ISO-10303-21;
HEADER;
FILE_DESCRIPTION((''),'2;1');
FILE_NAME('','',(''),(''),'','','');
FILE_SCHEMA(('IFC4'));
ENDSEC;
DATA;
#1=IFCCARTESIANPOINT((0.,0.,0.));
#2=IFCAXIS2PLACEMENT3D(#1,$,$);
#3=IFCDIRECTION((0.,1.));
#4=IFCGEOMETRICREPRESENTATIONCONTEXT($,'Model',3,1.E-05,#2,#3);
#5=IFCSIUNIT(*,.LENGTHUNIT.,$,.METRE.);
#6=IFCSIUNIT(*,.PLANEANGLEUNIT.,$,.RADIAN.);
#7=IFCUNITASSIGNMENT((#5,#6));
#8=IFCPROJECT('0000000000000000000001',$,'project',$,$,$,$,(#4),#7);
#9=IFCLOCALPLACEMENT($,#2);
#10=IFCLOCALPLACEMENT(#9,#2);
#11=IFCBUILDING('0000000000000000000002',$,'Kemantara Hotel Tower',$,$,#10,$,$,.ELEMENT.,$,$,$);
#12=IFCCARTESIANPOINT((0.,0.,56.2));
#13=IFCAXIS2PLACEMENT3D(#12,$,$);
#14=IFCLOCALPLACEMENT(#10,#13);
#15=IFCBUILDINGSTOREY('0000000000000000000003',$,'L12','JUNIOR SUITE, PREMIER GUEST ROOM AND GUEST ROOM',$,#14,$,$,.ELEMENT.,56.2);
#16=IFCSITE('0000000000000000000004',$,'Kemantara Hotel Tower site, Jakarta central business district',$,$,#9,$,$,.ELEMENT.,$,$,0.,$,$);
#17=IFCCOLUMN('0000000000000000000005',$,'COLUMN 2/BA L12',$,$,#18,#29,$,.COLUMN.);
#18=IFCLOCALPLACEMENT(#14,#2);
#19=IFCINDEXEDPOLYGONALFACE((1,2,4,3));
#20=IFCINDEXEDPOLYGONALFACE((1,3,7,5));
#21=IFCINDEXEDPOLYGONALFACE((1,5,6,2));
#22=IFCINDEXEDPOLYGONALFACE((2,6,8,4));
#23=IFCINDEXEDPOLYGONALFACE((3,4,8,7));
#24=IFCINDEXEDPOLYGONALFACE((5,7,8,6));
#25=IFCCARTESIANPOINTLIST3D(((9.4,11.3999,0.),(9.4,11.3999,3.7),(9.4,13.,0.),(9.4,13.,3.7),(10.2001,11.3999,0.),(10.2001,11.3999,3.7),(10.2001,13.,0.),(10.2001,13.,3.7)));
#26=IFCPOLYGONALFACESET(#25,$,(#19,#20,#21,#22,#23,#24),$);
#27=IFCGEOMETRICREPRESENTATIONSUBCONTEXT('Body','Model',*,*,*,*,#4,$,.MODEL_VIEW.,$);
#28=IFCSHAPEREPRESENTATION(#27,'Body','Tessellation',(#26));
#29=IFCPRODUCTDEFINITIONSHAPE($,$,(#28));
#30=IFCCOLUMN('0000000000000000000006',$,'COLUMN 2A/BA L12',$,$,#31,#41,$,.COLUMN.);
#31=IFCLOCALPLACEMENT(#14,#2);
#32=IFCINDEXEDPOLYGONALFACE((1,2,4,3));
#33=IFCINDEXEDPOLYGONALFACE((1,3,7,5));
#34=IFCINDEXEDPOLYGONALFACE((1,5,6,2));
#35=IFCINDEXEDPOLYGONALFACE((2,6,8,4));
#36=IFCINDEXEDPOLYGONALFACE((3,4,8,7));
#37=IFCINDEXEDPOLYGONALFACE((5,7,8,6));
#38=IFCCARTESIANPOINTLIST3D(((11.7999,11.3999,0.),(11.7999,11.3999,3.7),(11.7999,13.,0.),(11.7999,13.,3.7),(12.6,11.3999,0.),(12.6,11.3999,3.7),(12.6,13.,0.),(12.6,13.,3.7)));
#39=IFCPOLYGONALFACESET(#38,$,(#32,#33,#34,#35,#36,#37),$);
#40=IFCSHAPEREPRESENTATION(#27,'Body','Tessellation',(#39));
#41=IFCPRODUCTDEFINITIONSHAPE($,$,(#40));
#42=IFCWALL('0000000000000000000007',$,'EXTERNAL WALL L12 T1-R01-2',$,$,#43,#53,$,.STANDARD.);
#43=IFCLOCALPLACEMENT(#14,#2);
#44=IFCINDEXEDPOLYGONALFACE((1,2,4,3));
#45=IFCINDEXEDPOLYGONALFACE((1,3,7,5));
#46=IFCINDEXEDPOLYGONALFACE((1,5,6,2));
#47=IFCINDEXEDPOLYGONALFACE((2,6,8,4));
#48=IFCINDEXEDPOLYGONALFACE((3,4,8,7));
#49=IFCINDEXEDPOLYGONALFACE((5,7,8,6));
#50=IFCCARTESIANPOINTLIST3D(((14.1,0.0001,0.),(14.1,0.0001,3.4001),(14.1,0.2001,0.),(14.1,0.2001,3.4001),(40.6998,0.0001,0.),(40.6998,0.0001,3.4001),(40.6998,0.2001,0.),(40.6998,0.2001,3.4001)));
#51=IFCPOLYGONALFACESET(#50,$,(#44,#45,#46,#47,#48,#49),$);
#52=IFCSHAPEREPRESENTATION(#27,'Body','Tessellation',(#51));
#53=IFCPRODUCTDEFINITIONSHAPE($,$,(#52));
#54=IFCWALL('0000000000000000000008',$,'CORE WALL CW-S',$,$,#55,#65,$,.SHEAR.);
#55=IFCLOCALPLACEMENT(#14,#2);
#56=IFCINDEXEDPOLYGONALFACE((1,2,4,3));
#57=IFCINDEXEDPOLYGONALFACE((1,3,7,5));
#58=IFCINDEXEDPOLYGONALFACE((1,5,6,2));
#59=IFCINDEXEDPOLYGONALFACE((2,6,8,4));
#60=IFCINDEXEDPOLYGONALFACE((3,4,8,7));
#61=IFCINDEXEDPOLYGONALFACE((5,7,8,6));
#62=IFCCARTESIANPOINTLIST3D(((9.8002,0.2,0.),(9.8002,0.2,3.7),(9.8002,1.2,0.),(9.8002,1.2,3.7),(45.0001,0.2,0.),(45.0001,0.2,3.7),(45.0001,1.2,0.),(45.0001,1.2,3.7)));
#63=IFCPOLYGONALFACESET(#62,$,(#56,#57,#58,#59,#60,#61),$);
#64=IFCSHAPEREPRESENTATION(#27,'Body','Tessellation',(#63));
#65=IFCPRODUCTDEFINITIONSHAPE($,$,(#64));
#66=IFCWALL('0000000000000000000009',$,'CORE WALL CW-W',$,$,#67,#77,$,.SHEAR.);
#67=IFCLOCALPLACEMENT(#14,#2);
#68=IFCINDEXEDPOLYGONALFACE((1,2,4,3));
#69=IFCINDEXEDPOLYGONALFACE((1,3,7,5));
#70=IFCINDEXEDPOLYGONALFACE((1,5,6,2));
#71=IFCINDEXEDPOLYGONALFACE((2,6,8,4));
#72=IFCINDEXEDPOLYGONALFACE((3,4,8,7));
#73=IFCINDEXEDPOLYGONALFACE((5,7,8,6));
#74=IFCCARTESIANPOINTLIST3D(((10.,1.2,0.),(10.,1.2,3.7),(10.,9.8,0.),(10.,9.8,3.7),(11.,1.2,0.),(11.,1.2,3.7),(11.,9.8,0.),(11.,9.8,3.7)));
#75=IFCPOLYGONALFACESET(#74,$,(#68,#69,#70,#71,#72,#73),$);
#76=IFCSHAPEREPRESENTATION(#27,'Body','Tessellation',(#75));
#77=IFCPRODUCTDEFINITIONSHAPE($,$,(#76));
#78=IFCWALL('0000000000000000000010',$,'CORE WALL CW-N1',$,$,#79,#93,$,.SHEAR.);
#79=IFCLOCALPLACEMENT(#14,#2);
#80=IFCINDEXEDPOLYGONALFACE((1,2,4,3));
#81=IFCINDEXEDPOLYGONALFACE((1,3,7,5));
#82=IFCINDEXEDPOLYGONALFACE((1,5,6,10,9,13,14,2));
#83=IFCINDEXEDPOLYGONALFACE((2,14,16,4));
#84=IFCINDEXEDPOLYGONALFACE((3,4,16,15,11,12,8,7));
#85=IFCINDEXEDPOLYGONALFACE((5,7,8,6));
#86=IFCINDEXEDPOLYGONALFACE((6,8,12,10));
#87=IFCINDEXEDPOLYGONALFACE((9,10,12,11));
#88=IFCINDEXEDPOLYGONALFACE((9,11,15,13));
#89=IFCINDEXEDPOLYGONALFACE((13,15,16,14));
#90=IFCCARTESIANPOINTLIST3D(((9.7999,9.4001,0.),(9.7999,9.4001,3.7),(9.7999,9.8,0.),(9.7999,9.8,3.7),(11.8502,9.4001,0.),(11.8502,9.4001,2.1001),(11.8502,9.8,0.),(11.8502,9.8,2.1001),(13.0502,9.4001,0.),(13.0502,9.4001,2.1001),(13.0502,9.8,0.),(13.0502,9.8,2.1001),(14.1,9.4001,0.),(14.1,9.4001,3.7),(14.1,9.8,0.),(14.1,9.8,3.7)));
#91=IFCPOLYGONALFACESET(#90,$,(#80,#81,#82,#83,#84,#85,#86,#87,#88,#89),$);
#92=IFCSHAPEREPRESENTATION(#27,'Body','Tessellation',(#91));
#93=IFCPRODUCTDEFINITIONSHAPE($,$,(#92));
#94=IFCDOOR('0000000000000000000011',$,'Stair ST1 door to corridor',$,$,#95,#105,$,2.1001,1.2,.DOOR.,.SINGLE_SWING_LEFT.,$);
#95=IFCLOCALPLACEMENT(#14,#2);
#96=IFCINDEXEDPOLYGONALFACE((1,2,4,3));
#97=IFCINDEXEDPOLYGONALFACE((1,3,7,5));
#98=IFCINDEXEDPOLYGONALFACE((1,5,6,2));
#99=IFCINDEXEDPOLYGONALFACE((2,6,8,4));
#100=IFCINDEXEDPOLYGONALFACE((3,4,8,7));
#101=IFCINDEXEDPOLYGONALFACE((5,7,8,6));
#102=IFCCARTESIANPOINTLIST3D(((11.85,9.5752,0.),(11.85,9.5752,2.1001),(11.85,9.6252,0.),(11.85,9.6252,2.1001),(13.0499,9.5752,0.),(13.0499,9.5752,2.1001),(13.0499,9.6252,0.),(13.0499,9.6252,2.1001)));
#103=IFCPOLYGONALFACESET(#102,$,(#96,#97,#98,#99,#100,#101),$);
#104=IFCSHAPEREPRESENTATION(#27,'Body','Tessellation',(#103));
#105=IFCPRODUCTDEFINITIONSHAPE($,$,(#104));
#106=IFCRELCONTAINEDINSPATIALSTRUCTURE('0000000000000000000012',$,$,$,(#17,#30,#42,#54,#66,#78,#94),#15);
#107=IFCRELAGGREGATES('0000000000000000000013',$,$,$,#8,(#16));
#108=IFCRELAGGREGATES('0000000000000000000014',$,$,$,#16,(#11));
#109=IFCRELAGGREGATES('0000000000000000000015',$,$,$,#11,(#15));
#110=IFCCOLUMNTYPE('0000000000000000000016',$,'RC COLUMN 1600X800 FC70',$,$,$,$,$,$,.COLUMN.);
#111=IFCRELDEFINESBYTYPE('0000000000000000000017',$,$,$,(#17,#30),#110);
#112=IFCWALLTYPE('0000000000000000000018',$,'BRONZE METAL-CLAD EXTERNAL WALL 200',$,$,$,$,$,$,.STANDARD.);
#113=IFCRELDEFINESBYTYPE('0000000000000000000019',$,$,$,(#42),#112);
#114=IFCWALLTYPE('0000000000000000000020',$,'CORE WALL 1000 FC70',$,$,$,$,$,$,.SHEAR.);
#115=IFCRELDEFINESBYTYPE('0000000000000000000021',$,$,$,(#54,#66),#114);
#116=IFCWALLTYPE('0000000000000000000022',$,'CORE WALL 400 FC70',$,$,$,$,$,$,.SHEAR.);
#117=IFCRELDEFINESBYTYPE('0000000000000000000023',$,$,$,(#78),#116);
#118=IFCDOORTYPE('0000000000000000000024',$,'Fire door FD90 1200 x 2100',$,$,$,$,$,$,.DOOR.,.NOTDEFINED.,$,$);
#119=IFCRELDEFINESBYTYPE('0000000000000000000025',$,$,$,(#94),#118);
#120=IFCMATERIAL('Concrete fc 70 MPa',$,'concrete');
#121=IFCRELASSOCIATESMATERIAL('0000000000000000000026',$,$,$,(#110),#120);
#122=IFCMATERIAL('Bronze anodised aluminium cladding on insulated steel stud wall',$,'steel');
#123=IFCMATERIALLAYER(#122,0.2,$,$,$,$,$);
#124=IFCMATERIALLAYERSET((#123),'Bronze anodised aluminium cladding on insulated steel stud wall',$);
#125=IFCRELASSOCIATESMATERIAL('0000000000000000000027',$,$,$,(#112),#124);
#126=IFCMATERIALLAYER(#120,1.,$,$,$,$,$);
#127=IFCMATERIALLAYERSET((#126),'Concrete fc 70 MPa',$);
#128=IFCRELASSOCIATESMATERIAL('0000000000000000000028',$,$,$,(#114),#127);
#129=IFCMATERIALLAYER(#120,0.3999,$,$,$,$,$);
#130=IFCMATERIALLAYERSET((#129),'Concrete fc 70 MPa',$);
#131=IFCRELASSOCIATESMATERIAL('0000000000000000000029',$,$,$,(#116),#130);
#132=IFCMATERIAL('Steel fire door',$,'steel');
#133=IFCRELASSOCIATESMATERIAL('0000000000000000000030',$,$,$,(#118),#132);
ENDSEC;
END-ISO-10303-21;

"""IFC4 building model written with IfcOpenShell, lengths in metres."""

from ifc_helpers import new_model, si_unit, direction, frame, frame_2d, origin, origin_2d, place, context, subcontext, project, spatial, rectangle, extrude, material, layer, layer_set, material_profile, profile_set, type_object, element, fill, save


model = new_model("IFC4")

# Units and contexts
model_context = context("Model", 3, precision=1e-05, world=origin(), true_north=direction((0.0, 1.0)))
body_context = subcontext(model_context, "Body", "Model", "MODEL_VIEW")
ifc_project = project(units=[si_unit("LENGTHUNIT", "METRE"), si_unit("PLANEANGLEUNIT", "RADIAN")], contexts=[model_context])

# Site, building, storey
site_placement = place(None, origin())
site = spatial("IfcSite", under=ifc_project, at=site_placement, Name="Kemantara Hotel Tower site, Jakarta central business district", CompositionType="ELEMENT", RefElevation=0.0)
building_placement = place(site_placement, origin())
building = spatial("IfcBuilding", under=site, at=building_placement, Name="Kemantara Hotel Tower", CompositionType="ELEMENT")
storey_placement = place(building_placement, frame((0.0, 0.0, 56.2)))
storey = spatial("IfcBuildingStorey", under=building, at=storey_placement, Name="L12", Description="JUNIOR SUITE, PREMIER GUEST ROOM AND GUEST ROOM", CompositionType="ELEMENT", Elevation=56.2)

# Columns
ifc_material_1 = material(Name="Concrete fc 70 MPa", Category="concrete")
ifc_material_profile = material_profile(ifc_material_1, rectangle(XDim=1.6001, YDim=0.8, at=origin_2d()), Name="RC 1600X800")
ifc_profile_set = profile_set([ifc_material_profile], Name="Concrete fc 70 MPa")
column_type = type_object("IfcColumnType", Name="RC COLUMN 1600X800 FC70", PredefinedType="COLUMN", material=ifc_profile_set)
for number, where, z_axis, x_axis, name in (
    (1, (9.8, 12.2, 0.0), (0.0, 0.0, 1.0), (0.0, 1.0, 0.0), "COLUMN 2/BA L12"),
    (2, (12.2, 12.2, 0.0), (0.0, 0.0, 1.0), (0.0, 1.0, 0.0), "COLUMN 2A/BA L12"),
):
    element("IfcColumn", number, at=place(storey_placement, frame(where, z_axis=z_axis, x_axis=x_axis)), inside=storey, type_object=column_type, Name=name, PredefinedType="COLUMN", context=body_context, shape_type="SweptSolid", body=[
        extrude(rectangle(XDim=1.6001, YDim=0.8, at=origin_2d()), origin(), (0.0, 0.0, 1.0), 3.7),
    ])

# Walls
ifc_material_2 = material(Name="Bronze anodised aluminium cladding on insulated steel stud wall", Category="steel")
ifc_layer_1 = layer(ifc_material_2, 0.2)
ifc_layer_set_1 = layer_set([ifc_layer_1], Name="Bronze anodised aluminium cladding on insulated steel stud wall")
wall_type_1 = type_object("IfcWallType", Name="BRONZE METAL-CLAD EXTERNAL WALL 200", PredefinedType="STANDARD", material=ifc_layer_set_1)
wall_1_placement = place(storey_placement, frame((14.1001, 0.1001, 0.0), z_axis=(0.0, 0.0, 1.0), x_axis=(1.0, 0.0, 0.0)))
element("IfcWall", 3, at=wall_1_placement, inside=storey, type_object=wall_type_1, Name="EXTERNAL WALL L12 T1-R01-2", PredefinedType="STANDARD", context=body_context, shape_type="SweptSolid", body=[
    extrude(rectangle(XDim=26.5999, YDim=0.2, at=frame_2d((13.2998, 0.0))), origin(), (0.0, 0.0, 1.0), 3.4001),
])
ifc_layer_2 = layer(ifc_material_1, 1.0)
ifc_layer_set_2 = layer_set([ifc_layer_2], Name="Concrete fc 70 MPa")
wall_type_2 = type_object("IfcWallType", Name="CORE WALL 1000 FC70", PredefinedType="SHEAR", material=ifc_layer_set_2)
wall_2_placement = place(storey_placement, frame((9.8, 0.7, 0.0), z_axis=(0.0, 0.0, 1.0), x_axis=(1.0, 0.0, 0.0)))
element("IfcWall", 4, at=wall_2_placement, inside=storey, type_object=wall_type_2, Name="CORE WALL CW-S", PredefinedType="SHEAR", context=body_context, shape_type="SweptSolid", body=[
    extrude(rectangle(XDim=35.2, YDim=1.0, at=frame_2d((17.6001, 0.0))), origin(), (0.0, 0.0, 1.0), 3.7),
])
wall_3_placement = place(storey_placement, frame((10.5, 1.2, 0.0), z_axis=(0.0, 0.0, 1.0), x_axis=(0.0, 1.0, 0.0)))
element("IfcWall", 5, at=wall_3_placement, inside=storey, type_object=wall_type_2, Name="CORE WALL CW-W", PredefinedType="SHEAR", context=body_context, shape_type="SweptSolid", body=[
    extrude(rectangle(XDim=8.6001, YDim=1.0, at=frame_2d((4.3, 0.0))), origin(), (0.0, 0.0, 1.0), 3.7),
])

# Wall, opening, door
ifc_layer_3 = layer(ifc_material_1, 0.3999)
ifc_layer_set_3 = layer_set([ifc_layer_3], Name="Concrete fc 70 MPa")
wall_type_3 = type_object("IfcWallType", Name="CORE WALL 400 FC70", PredefinedType="SHEAR", material=ifc_layer_set_3)
wall_4_placement = place(storey_placement, frame((9.8, 9.6001, 0.0), z_axis=(0.0, 0.0, 1.0), x_axis=(1.0, 0.0, 0.0)))
wall_4 = element("IfcWall", 6, at=wall_4_placement, inside=storey, type_object=wall_type_3, Name="CORE WALL CW-N1", PredefinedType="SHEAR", context=body_context, shape_type="SweptSolid", body=[
    extrude(rectangle(XDim=4.3, YDim=0.3999, at=frame_2d((2.1499, 0.0))), origin(), (0.0, 0.0, 1.0), 3.7),
])
opening_1_placement = place(wall_4_placement, frame((2.05, 0.0, 0.0)))
opening_1 = element("IfcOpeningElement", 7, at=opening_1_placement, cuts=wall_4, PredefinedType="OPENING", context=body_context, shape_type="SweptSolid", body=[
    extrude(rectangle(XDim=1.2, YDim=2.1001, at=frame_2d((0.6001, 1.05))), frame((0.0, 0.21, 0.0), z_axis=(0.0, -1.0, 0.0), x_axis=(1.0, 0.0, 0.0)), (0.0, 0.0, 1.0), 0.4199),
])
ifc_material_3 = material(Name="Steel fire door", Category="steel")
door_type_1 = type_object("IfcDoorType", Name="Fire door FD90 1200 x 2100", OperationType="NOTDEFINED", PredefinedType="DOOR", material=ifc_material_3)
door_1_placement = place(opening_1_placement, frame((1.2, 0.0, 0.0), z_axis=(0.0, 0.0, 1.0), x_axis=(-1.0, 0.0, 0.0)))
door_1 = element("IfcDoor", 8, at=door_1_placement, inside=storey, type_object=door_type_1, Name="Stair ST1 door to corridor", OperationType="SINGLE_SWING_LEFT", OverallHeight=2.1001, OverallWidth=1.2, PredefinedType="DOOR", context=body_context, shape_type="SweptSolid", body=[
    extrude(rectangle(XDim=1.2, YDim=2.1001, at=frame_2d((0.6001, 1.05))), frame((0.0, 0.0249, 0.0), z_axis=(0.0, -1.0, 0.0), x_axis=(1.0, 0.0, 0.0)), (0.0, 0.0, 1.0), 0.05),
])
fill(opening_1, door_1)

save(model, "model.ifc")
